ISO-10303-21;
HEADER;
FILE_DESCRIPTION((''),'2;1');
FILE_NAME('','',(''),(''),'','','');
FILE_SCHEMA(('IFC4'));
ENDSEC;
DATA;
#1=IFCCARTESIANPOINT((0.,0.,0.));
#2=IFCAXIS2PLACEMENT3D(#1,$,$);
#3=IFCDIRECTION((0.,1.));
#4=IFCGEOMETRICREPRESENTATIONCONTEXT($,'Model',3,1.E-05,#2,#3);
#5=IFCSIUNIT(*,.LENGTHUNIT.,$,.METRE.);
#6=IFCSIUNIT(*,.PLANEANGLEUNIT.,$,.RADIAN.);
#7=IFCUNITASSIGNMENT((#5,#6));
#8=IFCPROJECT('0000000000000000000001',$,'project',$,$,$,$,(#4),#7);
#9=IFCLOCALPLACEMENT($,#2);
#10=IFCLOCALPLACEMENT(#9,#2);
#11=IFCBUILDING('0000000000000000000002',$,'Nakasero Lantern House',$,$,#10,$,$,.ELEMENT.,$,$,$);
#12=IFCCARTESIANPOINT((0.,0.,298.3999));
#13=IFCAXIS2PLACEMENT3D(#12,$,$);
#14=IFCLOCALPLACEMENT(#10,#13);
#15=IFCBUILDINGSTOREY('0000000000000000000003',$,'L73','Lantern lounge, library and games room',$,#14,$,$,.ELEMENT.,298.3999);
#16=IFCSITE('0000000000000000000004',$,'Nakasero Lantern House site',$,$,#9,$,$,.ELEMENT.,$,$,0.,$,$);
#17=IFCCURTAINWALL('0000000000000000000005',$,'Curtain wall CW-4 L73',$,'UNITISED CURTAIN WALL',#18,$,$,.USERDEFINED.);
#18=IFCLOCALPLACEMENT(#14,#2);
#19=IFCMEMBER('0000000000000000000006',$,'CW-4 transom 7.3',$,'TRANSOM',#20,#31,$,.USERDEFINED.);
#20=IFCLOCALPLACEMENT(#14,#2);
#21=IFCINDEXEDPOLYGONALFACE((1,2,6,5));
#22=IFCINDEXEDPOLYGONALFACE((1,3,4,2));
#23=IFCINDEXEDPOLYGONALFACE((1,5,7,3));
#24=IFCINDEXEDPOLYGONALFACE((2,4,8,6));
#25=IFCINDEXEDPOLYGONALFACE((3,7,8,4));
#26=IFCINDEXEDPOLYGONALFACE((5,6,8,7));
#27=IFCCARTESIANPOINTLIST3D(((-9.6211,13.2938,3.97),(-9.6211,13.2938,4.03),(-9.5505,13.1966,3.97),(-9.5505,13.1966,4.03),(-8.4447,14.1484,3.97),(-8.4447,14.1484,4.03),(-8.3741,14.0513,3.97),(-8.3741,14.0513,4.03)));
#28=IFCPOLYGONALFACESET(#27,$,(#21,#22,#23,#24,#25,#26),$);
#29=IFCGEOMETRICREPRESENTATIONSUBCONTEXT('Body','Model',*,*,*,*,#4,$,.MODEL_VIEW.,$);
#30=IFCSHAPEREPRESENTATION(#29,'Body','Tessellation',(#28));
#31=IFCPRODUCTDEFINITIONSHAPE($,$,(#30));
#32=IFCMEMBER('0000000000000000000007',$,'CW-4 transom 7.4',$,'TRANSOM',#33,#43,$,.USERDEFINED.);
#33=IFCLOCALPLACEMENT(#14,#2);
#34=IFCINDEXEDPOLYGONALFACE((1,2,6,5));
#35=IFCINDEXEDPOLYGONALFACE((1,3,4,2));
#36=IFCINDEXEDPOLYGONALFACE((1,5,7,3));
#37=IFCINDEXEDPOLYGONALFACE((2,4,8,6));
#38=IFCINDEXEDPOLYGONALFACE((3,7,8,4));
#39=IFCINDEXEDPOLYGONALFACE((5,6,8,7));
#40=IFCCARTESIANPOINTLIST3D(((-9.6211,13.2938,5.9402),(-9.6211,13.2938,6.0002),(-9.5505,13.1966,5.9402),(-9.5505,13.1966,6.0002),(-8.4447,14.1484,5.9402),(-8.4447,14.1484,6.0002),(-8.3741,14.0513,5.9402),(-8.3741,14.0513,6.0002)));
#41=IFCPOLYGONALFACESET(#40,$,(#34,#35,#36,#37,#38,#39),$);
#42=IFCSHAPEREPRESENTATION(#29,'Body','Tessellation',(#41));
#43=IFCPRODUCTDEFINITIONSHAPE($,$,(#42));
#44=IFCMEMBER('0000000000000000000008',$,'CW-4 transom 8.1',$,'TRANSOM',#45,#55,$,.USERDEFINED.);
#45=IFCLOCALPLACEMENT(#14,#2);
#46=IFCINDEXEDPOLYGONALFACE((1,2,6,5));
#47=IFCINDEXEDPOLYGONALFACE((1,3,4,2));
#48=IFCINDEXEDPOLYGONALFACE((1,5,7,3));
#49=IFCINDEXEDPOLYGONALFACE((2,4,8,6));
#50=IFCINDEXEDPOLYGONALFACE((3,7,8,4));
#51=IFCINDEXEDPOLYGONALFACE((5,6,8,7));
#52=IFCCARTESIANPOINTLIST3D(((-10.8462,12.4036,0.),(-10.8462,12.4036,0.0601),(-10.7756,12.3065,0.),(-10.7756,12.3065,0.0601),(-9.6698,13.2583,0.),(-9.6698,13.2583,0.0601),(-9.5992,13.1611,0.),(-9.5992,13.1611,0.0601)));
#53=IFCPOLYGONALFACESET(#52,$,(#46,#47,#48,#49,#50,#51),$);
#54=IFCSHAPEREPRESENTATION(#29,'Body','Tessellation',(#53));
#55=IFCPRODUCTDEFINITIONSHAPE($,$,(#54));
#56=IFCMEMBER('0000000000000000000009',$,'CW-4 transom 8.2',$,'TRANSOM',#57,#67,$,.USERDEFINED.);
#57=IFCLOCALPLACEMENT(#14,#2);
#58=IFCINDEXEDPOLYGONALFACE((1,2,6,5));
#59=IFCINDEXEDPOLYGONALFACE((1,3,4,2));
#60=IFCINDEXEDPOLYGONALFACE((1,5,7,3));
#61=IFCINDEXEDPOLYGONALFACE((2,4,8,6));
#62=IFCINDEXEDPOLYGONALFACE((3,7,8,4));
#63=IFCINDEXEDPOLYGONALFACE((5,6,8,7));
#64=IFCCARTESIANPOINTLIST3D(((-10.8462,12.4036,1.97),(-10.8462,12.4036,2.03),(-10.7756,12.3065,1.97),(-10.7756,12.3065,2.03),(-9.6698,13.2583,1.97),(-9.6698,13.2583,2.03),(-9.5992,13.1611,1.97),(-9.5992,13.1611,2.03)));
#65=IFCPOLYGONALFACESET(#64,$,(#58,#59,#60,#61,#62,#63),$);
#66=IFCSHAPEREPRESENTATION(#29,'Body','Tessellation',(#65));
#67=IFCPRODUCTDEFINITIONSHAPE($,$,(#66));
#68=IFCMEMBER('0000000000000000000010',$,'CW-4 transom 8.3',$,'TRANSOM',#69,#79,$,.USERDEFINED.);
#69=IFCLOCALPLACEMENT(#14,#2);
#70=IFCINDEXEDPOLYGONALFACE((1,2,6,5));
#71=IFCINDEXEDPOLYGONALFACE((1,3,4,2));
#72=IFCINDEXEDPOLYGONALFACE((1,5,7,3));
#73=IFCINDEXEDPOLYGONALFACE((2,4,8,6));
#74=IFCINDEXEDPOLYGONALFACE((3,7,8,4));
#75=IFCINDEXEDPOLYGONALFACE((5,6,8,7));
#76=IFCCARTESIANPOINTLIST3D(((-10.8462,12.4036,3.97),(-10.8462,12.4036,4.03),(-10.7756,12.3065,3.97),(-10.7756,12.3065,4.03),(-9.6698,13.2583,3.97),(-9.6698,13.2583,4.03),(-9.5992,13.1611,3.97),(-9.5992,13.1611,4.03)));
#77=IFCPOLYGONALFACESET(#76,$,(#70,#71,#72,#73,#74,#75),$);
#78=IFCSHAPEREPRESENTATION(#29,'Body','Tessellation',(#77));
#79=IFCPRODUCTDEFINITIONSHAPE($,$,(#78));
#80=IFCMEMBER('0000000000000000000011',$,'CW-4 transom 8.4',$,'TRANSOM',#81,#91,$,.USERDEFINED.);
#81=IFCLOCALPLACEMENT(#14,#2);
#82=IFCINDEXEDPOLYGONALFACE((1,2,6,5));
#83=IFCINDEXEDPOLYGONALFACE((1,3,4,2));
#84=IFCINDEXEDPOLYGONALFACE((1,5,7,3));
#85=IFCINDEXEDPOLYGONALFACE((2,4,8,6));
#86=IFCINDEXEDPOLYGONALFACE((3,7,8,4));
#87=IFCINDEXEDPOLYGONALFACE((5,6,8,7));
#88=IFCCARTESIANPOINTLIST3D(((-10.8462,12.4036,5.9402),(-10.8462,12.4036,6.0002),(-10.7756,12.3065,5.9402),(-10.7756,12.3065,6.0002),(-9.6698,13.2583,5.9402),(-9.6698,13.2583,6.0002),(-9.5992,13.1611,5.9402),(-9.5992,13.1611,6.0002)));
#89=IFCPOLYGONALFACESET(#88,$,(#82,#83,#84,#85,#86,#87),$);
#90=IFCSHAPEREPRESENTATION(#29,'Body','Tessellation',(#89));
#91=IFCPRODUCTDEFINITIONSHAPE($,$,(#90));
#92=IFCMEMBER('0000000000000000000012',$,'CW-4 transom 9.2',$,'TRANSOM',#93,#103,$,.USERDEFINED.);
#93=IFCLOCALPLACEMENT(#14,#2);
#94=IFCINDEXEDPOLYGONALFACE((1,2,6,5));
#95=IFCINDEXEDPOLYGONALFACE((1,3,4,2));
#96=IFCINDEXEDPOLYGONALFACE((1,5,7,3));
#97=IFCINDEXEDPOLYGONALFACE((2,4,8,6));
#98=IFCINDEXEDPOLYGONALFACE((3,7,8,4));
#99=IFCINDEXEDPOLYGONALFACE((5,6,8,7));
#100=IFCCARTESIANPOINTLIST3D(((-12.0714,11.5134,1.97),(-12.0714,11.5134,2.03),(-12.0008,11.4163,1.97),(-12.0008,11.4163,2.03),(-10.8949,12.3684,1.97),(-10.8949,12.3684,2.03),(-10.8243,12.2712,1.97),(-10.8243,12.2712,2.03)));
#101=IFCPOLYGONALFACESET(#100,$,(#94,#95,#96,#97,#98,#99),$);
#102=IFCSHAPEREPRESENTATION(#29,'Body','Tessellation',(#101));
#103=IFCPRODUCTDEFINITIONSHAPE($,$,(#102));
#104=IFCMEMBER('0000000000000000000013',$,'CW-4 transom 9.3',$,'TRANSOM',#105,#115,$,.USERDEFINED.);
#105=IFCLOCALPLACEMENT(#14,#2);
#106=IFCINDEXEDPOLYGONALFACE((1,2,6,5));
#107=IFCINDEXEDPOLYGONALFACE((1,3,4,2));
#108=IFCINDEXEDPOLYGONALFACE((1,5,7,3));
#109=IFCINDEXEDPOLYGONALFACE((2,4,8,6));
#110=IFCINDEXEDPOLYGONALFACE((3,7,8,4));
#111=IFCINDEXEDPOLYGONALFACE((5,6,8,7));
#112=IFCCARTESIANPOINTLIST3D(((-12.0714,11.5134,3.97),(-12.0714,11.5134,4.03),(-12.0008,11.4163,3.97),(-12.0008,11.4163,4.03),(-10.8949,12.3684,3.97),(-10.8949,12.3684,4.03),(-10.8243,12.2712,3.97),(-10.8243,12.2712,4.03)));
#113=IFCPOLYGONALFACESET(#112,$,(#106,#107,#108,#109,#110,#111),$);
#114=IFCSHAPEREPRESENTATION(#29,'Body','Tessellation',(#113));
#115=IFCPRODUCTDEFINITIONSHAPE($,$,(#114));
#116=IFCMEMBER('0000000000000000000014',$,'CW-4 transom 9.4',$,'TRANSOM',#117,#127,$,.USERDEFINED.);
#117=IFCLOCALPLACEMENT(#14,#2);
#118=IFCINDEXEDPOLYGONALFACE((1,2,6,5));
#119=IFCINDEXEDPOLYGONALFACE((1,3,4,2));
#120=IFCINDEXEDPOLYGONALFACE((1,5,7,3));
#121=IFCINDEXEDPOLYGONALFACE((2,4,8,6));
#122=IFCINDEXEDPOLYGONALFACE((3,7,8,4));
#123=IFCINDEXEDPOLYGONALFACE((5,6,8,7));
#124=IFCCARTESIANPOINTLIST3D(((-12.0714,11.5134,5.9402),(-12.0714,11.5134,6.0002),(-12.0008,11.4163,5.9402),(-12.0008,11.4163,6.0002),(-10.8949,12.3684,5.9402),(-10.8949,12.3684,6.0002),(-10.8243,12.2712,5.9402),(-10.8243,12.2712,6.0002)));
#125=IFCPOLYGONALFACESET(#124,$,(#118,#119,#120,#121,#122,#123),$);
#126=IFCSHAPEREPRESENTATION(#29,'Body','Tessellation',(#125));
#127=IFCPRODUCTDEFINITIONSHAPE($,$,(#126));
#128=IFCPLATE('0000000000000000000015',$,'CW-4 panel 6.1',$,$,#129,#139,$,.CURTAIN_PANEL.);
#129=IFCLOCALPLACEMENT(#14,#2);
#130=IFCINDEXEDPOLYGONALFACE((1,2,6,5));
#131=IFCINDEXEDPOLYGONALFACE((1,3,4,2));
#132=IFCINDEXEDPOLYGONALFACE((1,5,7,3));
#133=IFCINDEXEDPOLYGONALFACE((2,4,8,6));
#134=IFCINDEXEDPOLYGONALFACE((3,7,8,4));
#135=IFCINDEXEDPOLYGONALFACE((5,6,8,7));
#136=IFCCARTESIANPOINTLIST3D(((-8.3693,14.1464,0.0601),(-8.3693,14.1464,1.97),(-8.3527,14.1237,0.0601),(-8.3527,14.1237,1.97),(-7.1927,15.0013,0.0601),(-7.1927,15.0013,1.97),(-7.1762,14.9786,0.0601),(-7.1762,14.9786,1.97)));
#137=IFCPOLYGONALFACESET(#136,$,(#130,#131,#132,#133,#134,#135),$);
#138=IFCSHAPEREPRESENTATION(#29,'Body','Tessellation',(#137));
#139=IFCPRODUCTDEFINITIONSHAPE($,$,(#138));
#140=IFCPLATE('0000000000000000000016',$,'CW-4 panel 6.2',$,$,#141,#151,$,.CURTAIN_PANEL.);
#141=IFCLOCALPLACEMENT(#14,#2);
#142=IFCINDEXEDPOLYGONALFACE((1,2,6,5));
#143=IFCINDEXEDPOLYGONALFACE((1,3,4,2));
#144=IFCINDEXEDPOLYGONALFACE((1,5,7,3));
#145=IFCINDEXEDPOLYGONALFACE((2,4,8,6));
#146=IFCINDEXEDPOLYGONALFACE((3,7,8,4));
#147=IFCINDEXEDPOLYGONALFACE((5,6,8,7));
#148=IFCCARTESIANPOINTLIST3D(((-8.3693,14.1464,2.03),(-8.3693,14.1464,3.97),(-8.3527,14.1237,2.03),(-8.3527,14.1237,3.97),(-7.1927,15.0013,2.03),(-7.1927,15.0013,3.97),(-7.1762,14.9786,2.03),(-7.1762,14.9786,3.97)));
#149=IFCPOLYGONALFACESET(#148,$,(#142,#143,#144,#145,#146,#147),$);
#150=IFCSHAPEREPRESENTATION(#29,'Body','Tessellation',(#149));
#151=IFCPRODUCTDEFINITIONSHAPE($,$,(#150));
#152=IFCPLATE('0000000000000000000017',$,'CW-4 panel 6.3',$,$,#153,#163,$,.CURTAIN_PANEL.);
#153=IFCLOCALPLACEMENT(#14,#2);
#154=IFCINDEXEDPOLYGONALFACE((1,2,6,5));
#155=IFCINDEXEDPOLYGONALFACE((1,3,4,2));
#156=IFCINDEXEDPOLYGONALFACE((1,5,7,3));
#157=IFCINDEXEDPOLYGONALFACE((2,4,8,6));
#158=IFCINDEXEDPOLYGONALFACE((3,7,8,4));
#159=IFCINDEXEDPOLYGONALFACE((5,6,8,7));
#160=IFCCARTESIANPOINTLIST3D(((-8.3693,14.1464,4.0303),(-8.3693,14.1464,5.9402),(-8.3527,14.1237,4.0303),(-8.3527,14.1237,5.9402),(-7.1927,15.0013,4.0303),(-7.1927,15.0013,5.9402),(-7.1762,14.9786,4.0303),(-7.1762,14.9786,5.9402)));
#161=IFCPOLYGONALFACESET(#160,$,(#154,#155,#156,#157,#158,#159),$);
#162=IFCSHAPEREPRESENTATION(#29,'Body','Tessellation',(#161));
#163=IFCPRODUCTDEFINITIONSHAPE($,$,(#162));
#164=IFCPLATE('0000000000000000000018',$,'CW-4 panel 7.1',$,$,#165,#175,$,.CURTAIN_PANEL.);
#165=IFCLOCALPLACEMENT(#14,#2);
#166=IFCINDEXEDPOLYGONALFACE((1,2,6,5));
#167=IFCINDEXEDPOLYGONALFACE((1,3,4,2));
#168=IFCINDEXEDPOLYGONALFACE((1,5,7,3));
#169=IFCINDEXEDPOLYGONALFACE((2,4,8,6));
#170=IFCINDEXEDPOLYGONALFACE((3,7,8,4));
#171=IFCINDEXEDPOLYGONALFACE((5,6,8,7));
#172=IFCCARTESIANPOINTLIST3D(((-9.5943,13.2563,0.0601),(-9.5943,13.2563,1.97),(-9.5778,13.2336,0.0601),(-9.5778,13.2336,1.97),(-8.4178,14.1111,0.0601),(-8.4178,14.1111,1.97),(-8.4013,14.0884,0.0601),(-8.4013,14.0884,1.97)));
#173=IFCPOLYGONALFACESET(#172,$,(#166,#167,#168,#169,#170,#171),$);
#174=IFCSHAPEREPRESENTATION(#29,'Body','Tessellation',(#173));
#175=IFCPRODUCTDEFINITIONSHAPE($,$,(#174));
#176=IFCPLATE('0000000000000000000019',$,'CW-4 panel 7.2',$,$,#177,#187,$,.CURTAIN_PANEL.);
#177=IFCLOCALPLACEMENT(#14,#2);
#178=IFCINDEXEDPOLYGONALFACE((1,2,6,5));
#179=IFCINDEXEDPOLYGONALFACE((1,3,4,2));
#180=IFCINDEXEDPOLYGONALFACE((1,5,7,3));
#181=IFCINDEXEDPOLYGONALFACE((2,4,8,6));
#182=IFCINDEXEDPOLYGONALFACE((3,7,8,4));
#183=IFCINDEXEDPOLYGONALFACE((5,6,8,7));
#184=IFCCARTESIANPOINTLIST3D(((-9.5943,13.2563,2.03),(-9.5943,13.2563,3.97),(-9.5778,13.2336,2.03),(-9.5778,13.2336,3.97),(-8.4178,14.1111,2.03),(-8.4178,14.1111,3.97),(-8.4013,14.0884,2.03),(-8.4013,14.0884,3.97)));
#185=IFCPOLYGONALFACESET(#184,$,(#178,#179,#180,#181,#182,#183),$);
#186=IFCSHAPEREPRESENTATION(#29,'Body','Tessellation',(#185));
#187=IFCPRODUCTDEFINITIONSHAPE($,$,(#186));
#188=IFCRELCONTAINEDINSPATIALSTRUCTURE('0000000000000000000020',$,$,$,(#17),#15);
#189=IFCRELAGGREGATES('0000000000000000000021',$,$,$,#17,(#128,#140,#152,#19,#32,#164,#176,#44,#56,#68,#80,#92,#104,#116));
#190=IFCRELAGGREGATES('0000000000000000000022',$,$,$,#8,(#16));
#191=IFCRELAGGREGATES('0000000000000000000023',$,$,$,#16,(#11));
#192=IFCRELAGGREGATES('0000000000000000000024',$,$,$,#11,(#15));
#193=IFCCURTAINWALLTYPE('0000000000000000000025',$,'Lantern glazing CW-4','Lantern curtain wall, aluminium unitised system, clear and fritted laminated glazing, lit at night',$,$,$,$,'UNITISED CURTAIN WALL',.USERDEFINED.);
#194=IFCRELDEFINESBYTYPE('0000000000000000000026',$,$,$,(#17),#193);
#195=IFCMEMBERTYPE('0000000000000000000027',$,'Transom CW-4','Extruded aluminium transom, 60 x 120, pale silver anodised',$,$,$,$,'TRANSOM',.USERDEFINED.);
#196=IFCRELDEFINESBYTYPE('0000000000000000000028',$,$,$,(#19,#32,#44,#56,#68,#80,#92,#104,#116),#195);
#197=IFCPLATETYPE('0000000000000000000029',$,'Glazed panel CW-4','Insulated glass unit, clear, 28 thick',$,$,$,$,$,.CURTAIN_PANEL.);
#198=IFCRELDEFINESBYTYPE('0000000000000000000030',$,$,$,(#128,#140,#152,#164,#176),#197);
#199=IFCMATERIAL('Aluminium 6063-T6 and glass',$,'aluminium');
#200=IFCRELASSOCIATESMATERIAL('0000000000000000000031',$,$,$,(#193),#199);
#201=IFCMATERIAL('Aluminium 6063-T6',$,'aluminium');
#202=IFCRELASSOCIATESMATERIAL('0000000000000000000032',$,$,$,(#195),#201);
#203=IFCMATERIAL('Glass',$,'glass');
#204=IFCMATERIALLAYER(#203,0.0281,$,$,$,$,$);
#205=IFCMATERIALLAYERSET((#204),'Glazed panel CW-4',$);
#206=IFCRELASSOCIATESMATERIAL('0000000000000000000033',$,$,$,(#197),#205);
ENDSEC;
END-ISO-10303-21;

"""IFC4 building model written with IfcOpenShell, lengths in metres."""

from ifc_helpers import new_model, si_unit, direction, frame, origin, origin_2d, place, context, subcontext, project, spatial, rectangle, extrude, material, layer, layer_set, material_profile, profile_set, type_object, element, aggregate, save


model = new_model("IFC4")

# Units and contexts
model_context = context("Model", 3, precision=1e-05, world=origin(), true_north=direction((0.0, 1.0)))
body_context = subcontext(model_context, "Body", "Model", "MODEL_VIEW")
ifc_project = project(units=[si_unit("LENGTHUNIT", "METRE"), si_unit("PLANEANGLEUNIT", "RADIAN")], contexts=[model_context])

# Site, building, storey
site_placement = place(None, origin())
site = spatial("IfcSite", under=ifc_project, at=site_placement, Name="Nakasero Lantern House site", CompositionType="ELEMENT", RefElevation=0.0)
building_placement = place(site_placement, origin())
building = spatial("IfcBuilding", under=site, at=building_placement, Name="Nakasero Lantern House", CompositionType="ELEMENT")
storey_placement = place(building_placement, frame((0.0, 0.0, 298.3999)))
storey = spatial("IfcBuildingStorey", under=building, at=storey_placement, Name="L73", Description="Lantern lounge, library and games room", CompositionType="ELEMENT", Elevation=298.3999)

# Curtain wall
ifc_material_1 = material(Name="Aluminium 6063-T6 and glass", Category="aluminium")
curtain_wall_type = type_object("IfcCurtainWallType", Name="Lantern glazing CW-4", Description="Lantern curtain wall, aluminium unitised system, clear and fritted laminated glazing, lit at night", ElementType="UNITISED CURTAIN WALL", PredefinedType="USERDEFINED", material=ifc_material_1)
curtain_wall_placement = place(storey_placement, origin())
curtain_wall = element("IfcCurtainWall", 1, at=curtain_wall_placement, inside=storey, type_object=curtain_wall_type, Name="Curtain wall CW-4 L73", ObjectType="UNITISED CURTAIN WALL", PredefinedType="USERDEFINED")

# Members
ifc_material_2 = material(Name="Aluminium 6063-T6", Category="aluminium")
ifc_material_profile_1 = material_profile(ifc_material_2, rectangle(XDim=0.0601, YDim=0.1201, at=origin_2d()), Name="CW-4 transom 60x120")
ifc_profile_set_1 = profile_set([ifc_material_profile_1], Name="Aluminium 6063-T6")
member_type_1 = type_object("IfcMemberType", Name="Transom CW-4", Description="Extruded aluminium transom, 60 x 120, pale silver anodised", ElementType="TRANSOM", PredefinedType="USERDEFINED", material=ifc_profile_set_1)
member_1_placement = place(storey_placement, frame((-8.4094, 14.0999, 4.0), z_axis=(-0.809034, -0.587762, 0.0), x_axis=(0.0, 0.0, 1.0)))
member_1 = element("IfcMember", 2, at=member_1_placement, type_object=member_type_1, Name="CW-4 transom 7.3", ObjectType="TRANSOM", PredefinedType="USERDEFINED", context=body_context, shape_type="SweptSolid", body=[
    extrude(rectangle(XDim=0.0601, YDim=0.1201, at=origin_2d()), origin(), (0.0, 0.0, 1.0), 1.4541),
])
member_2_placement = place(storey_placement, frame((-8.4094, 14.0999, 5.9702), z_axis=(-0.809034, -0.587762, 0.0), x_axis=(0.0, 0.0, 1.0)))
member_2 = element("IfcMember", 3, at=member_2_placement, type_object=member_type_1, Name="CW-4 transom 7.4", ObjectType="TRANSOM", PredefinedType="USERDEFINED", context=body_context, shape_type="SweptSolid", body=[
    extrude(rectangle(XDim=0.0601, YDim=0.1201, at=origin_2d()), origin(), (0.0, 0.0, 1.0), 1.4541),
])
member_3_placement = place(storey_placement, frame((-9.6345, 13.2097, 0.03), z_axis=(-0.809034, -0.587762, 0.0), x_axis=(0.0, 0.0, 1.0)))
member_3 = element("IfcMember", 4, at=member_3_placement, type_object=member_type_1, Name="CW-4 transom 8.1", ObjectType="TRANSOM", PredefinedType="USERDEFINED", context=body_context, shape_type="SweptSolid", body=[
    extrude(rectangle(XDim=0.0601, YDim=0.1201, at=origin_2d()), origin(), (0.0, 0.0, 1.0), 1.4541),
])
member_4_placement = place(storey_placement, frame((-9.6345, 13.2097, 2.0), z_axis=(-0.809034, -0.587762, 0.0), x_axis=(0.0, 0.0, 1.0)))
member_4 = element("IfcMember", 5, at=member_4_placement, type_object=member_type_1, Name="CW-4 transom 8.2", ObjectType="TRANSOM", PredefinedType="USERDEFINED", context=body_context, shape_type="SweptSolid", body=[
    extrude(rectangle(XDim=0.0601, YDim=0.1201, at=origin_2d()), origin(), (0.0, 0.0, 1.0), 1.4541),
])
member_5_placement = place(storey_placement, frame((-9.6345, 13.2097, 4.0), z_axis=(-0.809034, -0.587762, 0.0), x_axis=(0.0, 0.0, 1.0)))
member_5 = element("IfcMember", 6, at=member_5_placement, type_object=member_type_1, Name="CW-4 transom 8.3", ObjectType="TRANSOM", PredefinedType="USERDEFINED", context=body_context, shape_type="SweptSolid", body=[
    extrude(rectangle(XDim=0.0601, YDim=0.1201, at=origin_2d()), origin(), (0.0, 0.0, 1.0), 1.4541),
])
member_6_placement = place(storey_placement, frame((-9.6345, 13.2097, 5.9702), z_axis=(-0.809034, -0.587762, 0.0), x_axis=(0.0, 0.0, 1.0)))
member_6 = element("IfcMember", 7, at=member_6_placement, type_object=member_type_1, Name="CW-4 transom 8.4", ObjectType="TRANSOM", PredefinedType="USERDEFINED", context=body_context, shape_type="SweptSolid", body=[
    extrude(rectangle(XDim=0.0601, YDim=0.1201, at=origin_2d()), origin(), (0.0, 0.0, 1.0), 1.4541),
])
member_7_placement = place(storey_placement, frame((-10.8596, 12.3198, 2.0), z_axis=(-0.808954, -0.587872, 0.0), x_axis=(0.0, 0.0, 1.0)))
member_7 = element("IfcMember", 8, at=member_7_placement, type_object=member_type_1, Name="CW-4 transom 9.2", ObjectType="TRANSOM", PredefinedType="USERDEFINED", context=body_context, shape_type="SweptSolid", body=[
    extrude(rectangle(XDim=0.0601, YDim=0.1201, at=origin_2d()), origin(), (0.0, 0.0, 1.0), 1.4543),
])
member_8_placement = place(storey_placement, frame((-10.8596, 12.3198, 4.0), z_axis=(-0.808954, -0.587872, 0.0), x_axis=(0.0, 0.0, 1.0)))
member_8 = element("IfcMember", 9, at=member_8_placement, type_object=member_type_1, Name="CW-4 transom 9.3", ObjectType="TRANSOM", PredefinedType="USERDEFINED", context=body_context, shape_type="SweptSolid", body=[
    extrude(rectangle(XDim=0.0601, YDim=0.1201, at=origin_2d()), origin(), (0.0, 0.0, 1.0), 1.4543),
])
member_9_placement = place(storey_placement, frame((-10.8596, 12.3198, 5.9702), z_axis=(-0.808954, -0.587872, 0.0), x_axis=(0.0, 0.0, 1.0)))
member_9 = element("IfcMember", 10, at=member_9_placement, type_object=member_type_1, Name="CW-4 transom 9.4", ObjectType="TRANSOM", PredefinedType="USERDEFINED", context=body_context, shape_type="SweptSolid", body=[
    extrude(rectangle(XDim=0.0601, YDim=0.1201, at=origin_2d()), origin(), (0.0, 0.0, 1.0), 1.4543),
])

# Plates
ifc_material_3 = material(Name="Glass", Category="glass")
ifc_layer = layer(ifc_material_3, 0.0281)
ifc_layer_set = layer_set([ifc_layer], Name="Glazed panel CW-4")
plate_type = type_object("IfcPlateType", Name="Glazed panel CW-4", Description="Insulated glass unit, clear, 28 thick", PredefinedType="CURTAIN_PANEL", material=ifc_layer_set)
plate_1_placement = place(storey_placement, frame((-7.7727, 14.5625, 0.0601), z_axis=(0.0, 0.0, 1.0), x_axis=(-0.809017, -0.587785, 0.0)))
plate_1 = element("IfcPlate", 11, at=plate_1_placement, type_object=plate_type, Name="CW-4 panel 6.1", PredefinedType="CURTAIN_PANEL", context=body_context, shape_type="SweptSolid", body=[
    extrude(rectangle(XDim=1.4543, YDim=0.0281, at=origin_2d()), origin(), (0.0, 0.0, 1.0), 1.9099),
])
plate_2_placement = place(storey_placement, frame((-7.7727, 14.5625, 2.03), z_axis=(0.0, 0.0, 1.0), x_axis=(-0.809017, -0.587785, 0.0)))
plate_2 = element("IfcPlate", 12, at=plate_2_placement, type_object=plate_type, Name="CW-4 panel 6.2", PredefinedType="CURTAIN_PANEL", context=body_context, shape_type="SweptSolid", body=[
    extrude(rectangle(XDim=1.4543, YDim=0.0281, at=origin_2d()), origin(), (0.0, 0.0, 1.0), 1.9399),
])
plate_3_placement = place(storey_placement, frame((-7.7727, 14.5625, 4.0303), z_axis=(0.0, 0.0, 1.0), x_axis=(-0.809017, -0.587785, 0.0)))
plate_3 = element("IfcPlate", 13, at=plate_3_placement, type_object=plate_type, Name="CW-4 panel 6.3", PredefinedType="CURTAIN_PANEL", context=body_context, shape_type="SweptSolid", body=[
    extrude(rectangle(XDim=1.4543, YDim=0.0281, at=origin_2d()), origin(), (0.0, 0.0, 1.0), 1.9099),
])
plate_4_placement = place(storey_placement, frame((-8.9978, 13.6724, 0.0601), z_axis=(0.0, 0.0, 1.0), x_axis=(-0.809017, -0.587785, 0.0)))
plate_4 = element("IfcPlate", 14, at=plate_4_placement, type_object=plate_type, Name="CW-4 panel 7.1", PredefinedType="CURTAIN_PANEL", context=body_context, shape_type="SweptSolid", body=[
    extrude(rectangle(XDim=1.4543, YDim=0.0281, at=origin_2d()), origin(), (0.0, 0.0, 1.0), 1.9099),
])
plate_5_placement = place(storey_placement, frame((-8.9978, 13.6724, 2.03), z_axis=(0.0, 0.0, 1.0), x_axis=(-0.809017, -0.587785, 0.0)))
plate_5 = element("IfcPlate", 15, at=plate_5_placement, type_object=plate_type, Name="CW-4 panel 7.2", PredefinedType="CURTAIN_PANEL", context=body_context, shape_type="SweptSolid", body=[
    extrude(rectangle(XDim=1.4543, YDim=0.0281, at=origin_2d()), origin(), (0.0, 0.0, 1.0), 1.9399),
])
aggregate(curtain_wall, [plate_1, plate_2, plate_3, member_1, member_2, plate_4, plate_5, member_3, member_4, member_5, member_6, member_7, member_8, member_9])

save(model, "model.ifc")
